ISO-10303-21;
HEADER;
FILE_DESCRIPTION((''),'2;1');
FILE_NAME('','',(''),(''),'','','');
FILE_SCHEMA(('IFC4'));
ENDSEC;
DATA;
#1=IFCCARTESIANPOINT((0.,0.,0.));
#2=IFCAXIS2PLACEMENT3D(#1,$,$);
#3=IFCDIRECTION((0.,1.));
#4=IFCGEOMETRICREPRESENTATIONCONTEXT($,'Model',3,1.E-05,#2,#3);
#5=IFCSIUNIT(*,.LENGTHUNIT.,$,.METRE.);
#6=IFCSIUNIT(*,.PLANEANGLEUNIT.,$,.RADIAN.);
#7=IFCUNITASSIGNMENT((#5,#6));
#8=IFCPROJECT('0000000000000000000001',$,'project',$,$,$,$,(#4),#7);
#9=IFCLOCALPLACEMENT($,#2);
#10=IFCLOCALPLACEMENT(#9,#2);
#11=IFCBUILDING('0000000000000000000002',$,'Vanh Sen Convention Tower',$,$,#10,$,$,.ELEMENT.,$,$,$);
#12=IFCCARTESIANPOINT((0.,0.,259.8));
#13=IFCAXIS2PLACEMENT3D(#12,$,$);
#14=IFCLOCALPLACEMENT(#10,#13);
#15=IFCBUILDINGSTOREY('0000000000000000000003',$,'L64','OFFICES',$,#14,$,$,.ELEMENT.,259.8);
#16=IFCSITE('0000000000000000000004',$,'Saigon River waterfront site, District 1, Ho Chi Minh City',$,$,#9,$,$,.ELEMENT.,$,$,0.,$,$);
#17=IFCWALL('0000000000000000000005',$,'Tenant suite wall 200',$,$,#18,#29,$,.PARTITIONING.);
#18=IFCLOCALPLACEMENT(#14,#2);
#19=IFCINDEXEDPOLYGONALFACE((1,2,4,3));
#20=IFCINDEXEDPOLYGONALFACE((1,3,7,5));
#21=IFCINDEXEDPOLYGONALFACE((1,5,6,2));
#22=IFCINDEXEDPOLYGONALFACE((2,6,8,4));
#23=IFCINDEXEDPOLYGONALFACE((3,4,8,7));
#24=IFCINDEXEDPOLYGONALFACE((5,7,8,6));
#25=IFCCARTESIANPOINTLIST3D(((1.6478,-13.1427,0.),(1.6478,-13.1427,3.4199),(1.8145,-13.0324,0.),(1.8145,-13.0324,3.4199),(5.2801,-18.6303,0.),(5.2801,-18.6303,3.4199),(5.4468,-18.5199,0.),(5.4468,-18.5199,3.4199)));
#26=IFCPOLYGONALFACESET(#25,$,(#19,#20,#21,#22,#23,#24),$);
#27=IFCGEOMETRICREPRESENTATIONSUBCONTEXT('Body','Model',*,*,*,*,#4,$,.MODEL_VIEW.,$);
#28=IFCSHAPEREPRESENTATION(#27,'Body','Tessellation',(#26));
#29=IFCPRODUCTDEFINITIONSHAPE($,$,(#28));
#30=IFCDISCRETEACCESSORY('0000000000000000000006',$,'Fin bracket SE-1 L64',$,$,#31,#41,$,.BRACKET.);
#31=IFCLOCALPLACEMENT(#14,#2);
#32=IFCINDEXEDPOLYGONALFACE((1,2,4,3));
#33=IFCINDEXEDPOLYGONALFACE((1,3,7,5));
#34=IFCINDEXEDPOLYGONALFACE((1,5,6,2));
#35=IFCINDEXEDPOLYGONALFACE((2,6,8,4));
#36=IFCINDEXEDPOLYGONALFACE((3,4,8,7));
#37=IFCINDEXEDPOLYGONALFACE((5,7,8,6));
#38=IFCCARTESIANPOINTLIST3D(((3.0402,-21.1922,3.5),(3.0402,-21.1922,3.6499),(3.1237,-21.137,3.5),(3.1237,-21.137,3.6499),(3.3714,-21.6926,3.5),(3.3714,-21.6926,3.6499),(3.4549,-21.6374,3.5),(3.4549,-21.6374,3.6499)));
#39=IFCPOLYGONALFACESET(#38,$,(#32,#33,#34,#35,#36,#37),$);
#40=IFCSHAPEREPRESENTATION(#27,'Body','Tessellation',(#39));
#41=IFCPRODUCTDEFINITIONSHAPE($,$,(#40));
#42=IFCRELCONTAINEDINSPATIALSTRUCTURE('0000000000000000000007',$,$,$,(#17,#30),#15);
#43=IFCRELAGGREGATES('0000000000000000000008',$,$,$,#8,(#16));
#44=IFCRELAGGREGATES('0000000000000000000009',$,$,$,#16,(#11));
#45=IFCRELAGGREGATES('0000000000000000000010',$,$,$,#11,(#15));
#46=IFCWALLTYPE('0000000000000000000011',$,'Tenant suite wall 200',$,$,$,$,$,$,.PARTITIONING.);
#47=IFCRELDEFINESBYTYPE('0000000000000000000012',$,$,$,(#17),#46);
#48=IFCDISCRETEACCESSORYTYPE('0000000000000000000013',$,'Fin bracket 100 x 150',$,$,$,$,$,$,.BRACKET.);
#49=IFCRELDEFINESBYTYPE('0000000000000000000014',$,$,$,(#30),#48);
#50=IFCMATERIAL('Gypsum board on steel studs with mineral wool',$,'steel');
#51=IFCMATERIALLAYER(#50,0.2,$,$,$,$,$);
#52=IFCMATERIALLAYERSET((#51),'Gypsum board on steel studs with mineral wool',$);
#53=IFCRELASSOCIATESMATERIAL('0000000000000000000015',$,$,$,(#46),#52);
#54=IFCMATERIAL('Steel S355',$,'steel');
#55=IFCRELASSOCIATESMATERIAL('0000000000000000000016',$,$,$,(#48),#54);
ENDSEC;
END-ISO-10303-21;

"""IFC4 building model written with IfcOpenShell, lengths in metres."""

from ifc_helpers import new_model, si_unit, direction, frame, frame_2d, origin, origin_2d, place, context, subcontext, project, spatial, rectangle, extrude, material, layer, layer_set, type_object, element, save


model = new_model("IFC4")

# Units and contexts
model_context = context("Model", 3, precision=1e-05, world=origin(), true_north=direction((0.0, 1.0)))
body_context = subcontext(model_context, "Body", "Model", "MODEL_VIEW")
ifc_project = project(units=[si_unit("LENGTHUNIT", "METRE"), si_unit("PLANEANGLEUNIT", "RADIAN")], contexts=[model_context])

# Site, building, storey
site_placement = place(None, origin())
site = spatial("IfcSite", under=ifc_project, at=site_placement, Name="Saigon River waterfront site, District 1, Ho Chi Minh City", CompositionType="ELEMENT", RefElevation=0.0)
building_placement = place(site_placement, origin())
building = spatial("IfcBuilding", under=site, at=building_placement, Name="Vanh Sen Convention Tower", CompositionType="ELEMENT")
storey_placement = place(building_placement, frame((0.0, 0.0, 259.8)))
storey = spatial("IfcBuildingStorey", under=building, at=storey_placement, Name="L64", Description="OFFICES", CompositionType="ELEMENT", Elevation=259.8)

# Shared definitions
ifc_material_1 = material(Name="Gypsum board on steel studs with mineral wool", Category="steel")

# Wall
ifc_layer_1 = layer(ifc_material_1, 0.2)
ifc_layer_set_1 = layer_set([ifc_layer_1], Name="Gypsum board on steel studs with mineral wool")
wall_type_1 = type_object("IfcWallType", Name="Tenant suite wall 200", PredefinedType="PARTITIONING", material=ifc_layer_set_1)
wall_1_placement = place(storey_placement, frame((5.3635, -18.5752, 0.0), z_axis=(0.0, 0.0, 1.0), x_axis=(-0.551958, 0.833872, 0.0)))
element("IfcWall", 1, at=wall_1_placement, inside=storey, type_object=wall_type_1, Name="Tenant suite wall 200", PredefinedType="PARTITIONING", context=body_context, shape_type="SweptSolid", body=[
    extrude(rectangle(XDim=6.5808, YDim=0.2, at=frame_2d((3.2905, 0.0))), origin(), (0.0, 0.0, 1.0), 3.4199),
])

# Discrete accessory
ifc_material_2 = material(Name="Steel S355", Category="steel")
discrete_accessory_type = type_object("IfcDiscreteAccessoryType", Name="Fin bracket 100 x 150", PredefinedType="BRACKET", material=ifc_material_2)
discrete_accessory_placement = place(storey_placement, frame((3.2476, -21.4148, 3.5), z_axis=(0.0, 0.0, 1.0), x_axis=(0.551937, -0.833886, 0.0)))
element("IfcDiscreteAccessory", 2, at=discrete_accessory_placement, inside=storey, type_object=discrete_accessory_type, Name="Fin bracket SE-1 L64", PredefinedType="BRACKET", context=body_context, shape_type="SweptSolid", body=[
    extrude(rectangle(XDim=0.6001, YDim=0.1001, at=origin_2d()), origin(), (0.0, 0.0, 1.0), 0.1499),
])

save(model, "model.ifc")
